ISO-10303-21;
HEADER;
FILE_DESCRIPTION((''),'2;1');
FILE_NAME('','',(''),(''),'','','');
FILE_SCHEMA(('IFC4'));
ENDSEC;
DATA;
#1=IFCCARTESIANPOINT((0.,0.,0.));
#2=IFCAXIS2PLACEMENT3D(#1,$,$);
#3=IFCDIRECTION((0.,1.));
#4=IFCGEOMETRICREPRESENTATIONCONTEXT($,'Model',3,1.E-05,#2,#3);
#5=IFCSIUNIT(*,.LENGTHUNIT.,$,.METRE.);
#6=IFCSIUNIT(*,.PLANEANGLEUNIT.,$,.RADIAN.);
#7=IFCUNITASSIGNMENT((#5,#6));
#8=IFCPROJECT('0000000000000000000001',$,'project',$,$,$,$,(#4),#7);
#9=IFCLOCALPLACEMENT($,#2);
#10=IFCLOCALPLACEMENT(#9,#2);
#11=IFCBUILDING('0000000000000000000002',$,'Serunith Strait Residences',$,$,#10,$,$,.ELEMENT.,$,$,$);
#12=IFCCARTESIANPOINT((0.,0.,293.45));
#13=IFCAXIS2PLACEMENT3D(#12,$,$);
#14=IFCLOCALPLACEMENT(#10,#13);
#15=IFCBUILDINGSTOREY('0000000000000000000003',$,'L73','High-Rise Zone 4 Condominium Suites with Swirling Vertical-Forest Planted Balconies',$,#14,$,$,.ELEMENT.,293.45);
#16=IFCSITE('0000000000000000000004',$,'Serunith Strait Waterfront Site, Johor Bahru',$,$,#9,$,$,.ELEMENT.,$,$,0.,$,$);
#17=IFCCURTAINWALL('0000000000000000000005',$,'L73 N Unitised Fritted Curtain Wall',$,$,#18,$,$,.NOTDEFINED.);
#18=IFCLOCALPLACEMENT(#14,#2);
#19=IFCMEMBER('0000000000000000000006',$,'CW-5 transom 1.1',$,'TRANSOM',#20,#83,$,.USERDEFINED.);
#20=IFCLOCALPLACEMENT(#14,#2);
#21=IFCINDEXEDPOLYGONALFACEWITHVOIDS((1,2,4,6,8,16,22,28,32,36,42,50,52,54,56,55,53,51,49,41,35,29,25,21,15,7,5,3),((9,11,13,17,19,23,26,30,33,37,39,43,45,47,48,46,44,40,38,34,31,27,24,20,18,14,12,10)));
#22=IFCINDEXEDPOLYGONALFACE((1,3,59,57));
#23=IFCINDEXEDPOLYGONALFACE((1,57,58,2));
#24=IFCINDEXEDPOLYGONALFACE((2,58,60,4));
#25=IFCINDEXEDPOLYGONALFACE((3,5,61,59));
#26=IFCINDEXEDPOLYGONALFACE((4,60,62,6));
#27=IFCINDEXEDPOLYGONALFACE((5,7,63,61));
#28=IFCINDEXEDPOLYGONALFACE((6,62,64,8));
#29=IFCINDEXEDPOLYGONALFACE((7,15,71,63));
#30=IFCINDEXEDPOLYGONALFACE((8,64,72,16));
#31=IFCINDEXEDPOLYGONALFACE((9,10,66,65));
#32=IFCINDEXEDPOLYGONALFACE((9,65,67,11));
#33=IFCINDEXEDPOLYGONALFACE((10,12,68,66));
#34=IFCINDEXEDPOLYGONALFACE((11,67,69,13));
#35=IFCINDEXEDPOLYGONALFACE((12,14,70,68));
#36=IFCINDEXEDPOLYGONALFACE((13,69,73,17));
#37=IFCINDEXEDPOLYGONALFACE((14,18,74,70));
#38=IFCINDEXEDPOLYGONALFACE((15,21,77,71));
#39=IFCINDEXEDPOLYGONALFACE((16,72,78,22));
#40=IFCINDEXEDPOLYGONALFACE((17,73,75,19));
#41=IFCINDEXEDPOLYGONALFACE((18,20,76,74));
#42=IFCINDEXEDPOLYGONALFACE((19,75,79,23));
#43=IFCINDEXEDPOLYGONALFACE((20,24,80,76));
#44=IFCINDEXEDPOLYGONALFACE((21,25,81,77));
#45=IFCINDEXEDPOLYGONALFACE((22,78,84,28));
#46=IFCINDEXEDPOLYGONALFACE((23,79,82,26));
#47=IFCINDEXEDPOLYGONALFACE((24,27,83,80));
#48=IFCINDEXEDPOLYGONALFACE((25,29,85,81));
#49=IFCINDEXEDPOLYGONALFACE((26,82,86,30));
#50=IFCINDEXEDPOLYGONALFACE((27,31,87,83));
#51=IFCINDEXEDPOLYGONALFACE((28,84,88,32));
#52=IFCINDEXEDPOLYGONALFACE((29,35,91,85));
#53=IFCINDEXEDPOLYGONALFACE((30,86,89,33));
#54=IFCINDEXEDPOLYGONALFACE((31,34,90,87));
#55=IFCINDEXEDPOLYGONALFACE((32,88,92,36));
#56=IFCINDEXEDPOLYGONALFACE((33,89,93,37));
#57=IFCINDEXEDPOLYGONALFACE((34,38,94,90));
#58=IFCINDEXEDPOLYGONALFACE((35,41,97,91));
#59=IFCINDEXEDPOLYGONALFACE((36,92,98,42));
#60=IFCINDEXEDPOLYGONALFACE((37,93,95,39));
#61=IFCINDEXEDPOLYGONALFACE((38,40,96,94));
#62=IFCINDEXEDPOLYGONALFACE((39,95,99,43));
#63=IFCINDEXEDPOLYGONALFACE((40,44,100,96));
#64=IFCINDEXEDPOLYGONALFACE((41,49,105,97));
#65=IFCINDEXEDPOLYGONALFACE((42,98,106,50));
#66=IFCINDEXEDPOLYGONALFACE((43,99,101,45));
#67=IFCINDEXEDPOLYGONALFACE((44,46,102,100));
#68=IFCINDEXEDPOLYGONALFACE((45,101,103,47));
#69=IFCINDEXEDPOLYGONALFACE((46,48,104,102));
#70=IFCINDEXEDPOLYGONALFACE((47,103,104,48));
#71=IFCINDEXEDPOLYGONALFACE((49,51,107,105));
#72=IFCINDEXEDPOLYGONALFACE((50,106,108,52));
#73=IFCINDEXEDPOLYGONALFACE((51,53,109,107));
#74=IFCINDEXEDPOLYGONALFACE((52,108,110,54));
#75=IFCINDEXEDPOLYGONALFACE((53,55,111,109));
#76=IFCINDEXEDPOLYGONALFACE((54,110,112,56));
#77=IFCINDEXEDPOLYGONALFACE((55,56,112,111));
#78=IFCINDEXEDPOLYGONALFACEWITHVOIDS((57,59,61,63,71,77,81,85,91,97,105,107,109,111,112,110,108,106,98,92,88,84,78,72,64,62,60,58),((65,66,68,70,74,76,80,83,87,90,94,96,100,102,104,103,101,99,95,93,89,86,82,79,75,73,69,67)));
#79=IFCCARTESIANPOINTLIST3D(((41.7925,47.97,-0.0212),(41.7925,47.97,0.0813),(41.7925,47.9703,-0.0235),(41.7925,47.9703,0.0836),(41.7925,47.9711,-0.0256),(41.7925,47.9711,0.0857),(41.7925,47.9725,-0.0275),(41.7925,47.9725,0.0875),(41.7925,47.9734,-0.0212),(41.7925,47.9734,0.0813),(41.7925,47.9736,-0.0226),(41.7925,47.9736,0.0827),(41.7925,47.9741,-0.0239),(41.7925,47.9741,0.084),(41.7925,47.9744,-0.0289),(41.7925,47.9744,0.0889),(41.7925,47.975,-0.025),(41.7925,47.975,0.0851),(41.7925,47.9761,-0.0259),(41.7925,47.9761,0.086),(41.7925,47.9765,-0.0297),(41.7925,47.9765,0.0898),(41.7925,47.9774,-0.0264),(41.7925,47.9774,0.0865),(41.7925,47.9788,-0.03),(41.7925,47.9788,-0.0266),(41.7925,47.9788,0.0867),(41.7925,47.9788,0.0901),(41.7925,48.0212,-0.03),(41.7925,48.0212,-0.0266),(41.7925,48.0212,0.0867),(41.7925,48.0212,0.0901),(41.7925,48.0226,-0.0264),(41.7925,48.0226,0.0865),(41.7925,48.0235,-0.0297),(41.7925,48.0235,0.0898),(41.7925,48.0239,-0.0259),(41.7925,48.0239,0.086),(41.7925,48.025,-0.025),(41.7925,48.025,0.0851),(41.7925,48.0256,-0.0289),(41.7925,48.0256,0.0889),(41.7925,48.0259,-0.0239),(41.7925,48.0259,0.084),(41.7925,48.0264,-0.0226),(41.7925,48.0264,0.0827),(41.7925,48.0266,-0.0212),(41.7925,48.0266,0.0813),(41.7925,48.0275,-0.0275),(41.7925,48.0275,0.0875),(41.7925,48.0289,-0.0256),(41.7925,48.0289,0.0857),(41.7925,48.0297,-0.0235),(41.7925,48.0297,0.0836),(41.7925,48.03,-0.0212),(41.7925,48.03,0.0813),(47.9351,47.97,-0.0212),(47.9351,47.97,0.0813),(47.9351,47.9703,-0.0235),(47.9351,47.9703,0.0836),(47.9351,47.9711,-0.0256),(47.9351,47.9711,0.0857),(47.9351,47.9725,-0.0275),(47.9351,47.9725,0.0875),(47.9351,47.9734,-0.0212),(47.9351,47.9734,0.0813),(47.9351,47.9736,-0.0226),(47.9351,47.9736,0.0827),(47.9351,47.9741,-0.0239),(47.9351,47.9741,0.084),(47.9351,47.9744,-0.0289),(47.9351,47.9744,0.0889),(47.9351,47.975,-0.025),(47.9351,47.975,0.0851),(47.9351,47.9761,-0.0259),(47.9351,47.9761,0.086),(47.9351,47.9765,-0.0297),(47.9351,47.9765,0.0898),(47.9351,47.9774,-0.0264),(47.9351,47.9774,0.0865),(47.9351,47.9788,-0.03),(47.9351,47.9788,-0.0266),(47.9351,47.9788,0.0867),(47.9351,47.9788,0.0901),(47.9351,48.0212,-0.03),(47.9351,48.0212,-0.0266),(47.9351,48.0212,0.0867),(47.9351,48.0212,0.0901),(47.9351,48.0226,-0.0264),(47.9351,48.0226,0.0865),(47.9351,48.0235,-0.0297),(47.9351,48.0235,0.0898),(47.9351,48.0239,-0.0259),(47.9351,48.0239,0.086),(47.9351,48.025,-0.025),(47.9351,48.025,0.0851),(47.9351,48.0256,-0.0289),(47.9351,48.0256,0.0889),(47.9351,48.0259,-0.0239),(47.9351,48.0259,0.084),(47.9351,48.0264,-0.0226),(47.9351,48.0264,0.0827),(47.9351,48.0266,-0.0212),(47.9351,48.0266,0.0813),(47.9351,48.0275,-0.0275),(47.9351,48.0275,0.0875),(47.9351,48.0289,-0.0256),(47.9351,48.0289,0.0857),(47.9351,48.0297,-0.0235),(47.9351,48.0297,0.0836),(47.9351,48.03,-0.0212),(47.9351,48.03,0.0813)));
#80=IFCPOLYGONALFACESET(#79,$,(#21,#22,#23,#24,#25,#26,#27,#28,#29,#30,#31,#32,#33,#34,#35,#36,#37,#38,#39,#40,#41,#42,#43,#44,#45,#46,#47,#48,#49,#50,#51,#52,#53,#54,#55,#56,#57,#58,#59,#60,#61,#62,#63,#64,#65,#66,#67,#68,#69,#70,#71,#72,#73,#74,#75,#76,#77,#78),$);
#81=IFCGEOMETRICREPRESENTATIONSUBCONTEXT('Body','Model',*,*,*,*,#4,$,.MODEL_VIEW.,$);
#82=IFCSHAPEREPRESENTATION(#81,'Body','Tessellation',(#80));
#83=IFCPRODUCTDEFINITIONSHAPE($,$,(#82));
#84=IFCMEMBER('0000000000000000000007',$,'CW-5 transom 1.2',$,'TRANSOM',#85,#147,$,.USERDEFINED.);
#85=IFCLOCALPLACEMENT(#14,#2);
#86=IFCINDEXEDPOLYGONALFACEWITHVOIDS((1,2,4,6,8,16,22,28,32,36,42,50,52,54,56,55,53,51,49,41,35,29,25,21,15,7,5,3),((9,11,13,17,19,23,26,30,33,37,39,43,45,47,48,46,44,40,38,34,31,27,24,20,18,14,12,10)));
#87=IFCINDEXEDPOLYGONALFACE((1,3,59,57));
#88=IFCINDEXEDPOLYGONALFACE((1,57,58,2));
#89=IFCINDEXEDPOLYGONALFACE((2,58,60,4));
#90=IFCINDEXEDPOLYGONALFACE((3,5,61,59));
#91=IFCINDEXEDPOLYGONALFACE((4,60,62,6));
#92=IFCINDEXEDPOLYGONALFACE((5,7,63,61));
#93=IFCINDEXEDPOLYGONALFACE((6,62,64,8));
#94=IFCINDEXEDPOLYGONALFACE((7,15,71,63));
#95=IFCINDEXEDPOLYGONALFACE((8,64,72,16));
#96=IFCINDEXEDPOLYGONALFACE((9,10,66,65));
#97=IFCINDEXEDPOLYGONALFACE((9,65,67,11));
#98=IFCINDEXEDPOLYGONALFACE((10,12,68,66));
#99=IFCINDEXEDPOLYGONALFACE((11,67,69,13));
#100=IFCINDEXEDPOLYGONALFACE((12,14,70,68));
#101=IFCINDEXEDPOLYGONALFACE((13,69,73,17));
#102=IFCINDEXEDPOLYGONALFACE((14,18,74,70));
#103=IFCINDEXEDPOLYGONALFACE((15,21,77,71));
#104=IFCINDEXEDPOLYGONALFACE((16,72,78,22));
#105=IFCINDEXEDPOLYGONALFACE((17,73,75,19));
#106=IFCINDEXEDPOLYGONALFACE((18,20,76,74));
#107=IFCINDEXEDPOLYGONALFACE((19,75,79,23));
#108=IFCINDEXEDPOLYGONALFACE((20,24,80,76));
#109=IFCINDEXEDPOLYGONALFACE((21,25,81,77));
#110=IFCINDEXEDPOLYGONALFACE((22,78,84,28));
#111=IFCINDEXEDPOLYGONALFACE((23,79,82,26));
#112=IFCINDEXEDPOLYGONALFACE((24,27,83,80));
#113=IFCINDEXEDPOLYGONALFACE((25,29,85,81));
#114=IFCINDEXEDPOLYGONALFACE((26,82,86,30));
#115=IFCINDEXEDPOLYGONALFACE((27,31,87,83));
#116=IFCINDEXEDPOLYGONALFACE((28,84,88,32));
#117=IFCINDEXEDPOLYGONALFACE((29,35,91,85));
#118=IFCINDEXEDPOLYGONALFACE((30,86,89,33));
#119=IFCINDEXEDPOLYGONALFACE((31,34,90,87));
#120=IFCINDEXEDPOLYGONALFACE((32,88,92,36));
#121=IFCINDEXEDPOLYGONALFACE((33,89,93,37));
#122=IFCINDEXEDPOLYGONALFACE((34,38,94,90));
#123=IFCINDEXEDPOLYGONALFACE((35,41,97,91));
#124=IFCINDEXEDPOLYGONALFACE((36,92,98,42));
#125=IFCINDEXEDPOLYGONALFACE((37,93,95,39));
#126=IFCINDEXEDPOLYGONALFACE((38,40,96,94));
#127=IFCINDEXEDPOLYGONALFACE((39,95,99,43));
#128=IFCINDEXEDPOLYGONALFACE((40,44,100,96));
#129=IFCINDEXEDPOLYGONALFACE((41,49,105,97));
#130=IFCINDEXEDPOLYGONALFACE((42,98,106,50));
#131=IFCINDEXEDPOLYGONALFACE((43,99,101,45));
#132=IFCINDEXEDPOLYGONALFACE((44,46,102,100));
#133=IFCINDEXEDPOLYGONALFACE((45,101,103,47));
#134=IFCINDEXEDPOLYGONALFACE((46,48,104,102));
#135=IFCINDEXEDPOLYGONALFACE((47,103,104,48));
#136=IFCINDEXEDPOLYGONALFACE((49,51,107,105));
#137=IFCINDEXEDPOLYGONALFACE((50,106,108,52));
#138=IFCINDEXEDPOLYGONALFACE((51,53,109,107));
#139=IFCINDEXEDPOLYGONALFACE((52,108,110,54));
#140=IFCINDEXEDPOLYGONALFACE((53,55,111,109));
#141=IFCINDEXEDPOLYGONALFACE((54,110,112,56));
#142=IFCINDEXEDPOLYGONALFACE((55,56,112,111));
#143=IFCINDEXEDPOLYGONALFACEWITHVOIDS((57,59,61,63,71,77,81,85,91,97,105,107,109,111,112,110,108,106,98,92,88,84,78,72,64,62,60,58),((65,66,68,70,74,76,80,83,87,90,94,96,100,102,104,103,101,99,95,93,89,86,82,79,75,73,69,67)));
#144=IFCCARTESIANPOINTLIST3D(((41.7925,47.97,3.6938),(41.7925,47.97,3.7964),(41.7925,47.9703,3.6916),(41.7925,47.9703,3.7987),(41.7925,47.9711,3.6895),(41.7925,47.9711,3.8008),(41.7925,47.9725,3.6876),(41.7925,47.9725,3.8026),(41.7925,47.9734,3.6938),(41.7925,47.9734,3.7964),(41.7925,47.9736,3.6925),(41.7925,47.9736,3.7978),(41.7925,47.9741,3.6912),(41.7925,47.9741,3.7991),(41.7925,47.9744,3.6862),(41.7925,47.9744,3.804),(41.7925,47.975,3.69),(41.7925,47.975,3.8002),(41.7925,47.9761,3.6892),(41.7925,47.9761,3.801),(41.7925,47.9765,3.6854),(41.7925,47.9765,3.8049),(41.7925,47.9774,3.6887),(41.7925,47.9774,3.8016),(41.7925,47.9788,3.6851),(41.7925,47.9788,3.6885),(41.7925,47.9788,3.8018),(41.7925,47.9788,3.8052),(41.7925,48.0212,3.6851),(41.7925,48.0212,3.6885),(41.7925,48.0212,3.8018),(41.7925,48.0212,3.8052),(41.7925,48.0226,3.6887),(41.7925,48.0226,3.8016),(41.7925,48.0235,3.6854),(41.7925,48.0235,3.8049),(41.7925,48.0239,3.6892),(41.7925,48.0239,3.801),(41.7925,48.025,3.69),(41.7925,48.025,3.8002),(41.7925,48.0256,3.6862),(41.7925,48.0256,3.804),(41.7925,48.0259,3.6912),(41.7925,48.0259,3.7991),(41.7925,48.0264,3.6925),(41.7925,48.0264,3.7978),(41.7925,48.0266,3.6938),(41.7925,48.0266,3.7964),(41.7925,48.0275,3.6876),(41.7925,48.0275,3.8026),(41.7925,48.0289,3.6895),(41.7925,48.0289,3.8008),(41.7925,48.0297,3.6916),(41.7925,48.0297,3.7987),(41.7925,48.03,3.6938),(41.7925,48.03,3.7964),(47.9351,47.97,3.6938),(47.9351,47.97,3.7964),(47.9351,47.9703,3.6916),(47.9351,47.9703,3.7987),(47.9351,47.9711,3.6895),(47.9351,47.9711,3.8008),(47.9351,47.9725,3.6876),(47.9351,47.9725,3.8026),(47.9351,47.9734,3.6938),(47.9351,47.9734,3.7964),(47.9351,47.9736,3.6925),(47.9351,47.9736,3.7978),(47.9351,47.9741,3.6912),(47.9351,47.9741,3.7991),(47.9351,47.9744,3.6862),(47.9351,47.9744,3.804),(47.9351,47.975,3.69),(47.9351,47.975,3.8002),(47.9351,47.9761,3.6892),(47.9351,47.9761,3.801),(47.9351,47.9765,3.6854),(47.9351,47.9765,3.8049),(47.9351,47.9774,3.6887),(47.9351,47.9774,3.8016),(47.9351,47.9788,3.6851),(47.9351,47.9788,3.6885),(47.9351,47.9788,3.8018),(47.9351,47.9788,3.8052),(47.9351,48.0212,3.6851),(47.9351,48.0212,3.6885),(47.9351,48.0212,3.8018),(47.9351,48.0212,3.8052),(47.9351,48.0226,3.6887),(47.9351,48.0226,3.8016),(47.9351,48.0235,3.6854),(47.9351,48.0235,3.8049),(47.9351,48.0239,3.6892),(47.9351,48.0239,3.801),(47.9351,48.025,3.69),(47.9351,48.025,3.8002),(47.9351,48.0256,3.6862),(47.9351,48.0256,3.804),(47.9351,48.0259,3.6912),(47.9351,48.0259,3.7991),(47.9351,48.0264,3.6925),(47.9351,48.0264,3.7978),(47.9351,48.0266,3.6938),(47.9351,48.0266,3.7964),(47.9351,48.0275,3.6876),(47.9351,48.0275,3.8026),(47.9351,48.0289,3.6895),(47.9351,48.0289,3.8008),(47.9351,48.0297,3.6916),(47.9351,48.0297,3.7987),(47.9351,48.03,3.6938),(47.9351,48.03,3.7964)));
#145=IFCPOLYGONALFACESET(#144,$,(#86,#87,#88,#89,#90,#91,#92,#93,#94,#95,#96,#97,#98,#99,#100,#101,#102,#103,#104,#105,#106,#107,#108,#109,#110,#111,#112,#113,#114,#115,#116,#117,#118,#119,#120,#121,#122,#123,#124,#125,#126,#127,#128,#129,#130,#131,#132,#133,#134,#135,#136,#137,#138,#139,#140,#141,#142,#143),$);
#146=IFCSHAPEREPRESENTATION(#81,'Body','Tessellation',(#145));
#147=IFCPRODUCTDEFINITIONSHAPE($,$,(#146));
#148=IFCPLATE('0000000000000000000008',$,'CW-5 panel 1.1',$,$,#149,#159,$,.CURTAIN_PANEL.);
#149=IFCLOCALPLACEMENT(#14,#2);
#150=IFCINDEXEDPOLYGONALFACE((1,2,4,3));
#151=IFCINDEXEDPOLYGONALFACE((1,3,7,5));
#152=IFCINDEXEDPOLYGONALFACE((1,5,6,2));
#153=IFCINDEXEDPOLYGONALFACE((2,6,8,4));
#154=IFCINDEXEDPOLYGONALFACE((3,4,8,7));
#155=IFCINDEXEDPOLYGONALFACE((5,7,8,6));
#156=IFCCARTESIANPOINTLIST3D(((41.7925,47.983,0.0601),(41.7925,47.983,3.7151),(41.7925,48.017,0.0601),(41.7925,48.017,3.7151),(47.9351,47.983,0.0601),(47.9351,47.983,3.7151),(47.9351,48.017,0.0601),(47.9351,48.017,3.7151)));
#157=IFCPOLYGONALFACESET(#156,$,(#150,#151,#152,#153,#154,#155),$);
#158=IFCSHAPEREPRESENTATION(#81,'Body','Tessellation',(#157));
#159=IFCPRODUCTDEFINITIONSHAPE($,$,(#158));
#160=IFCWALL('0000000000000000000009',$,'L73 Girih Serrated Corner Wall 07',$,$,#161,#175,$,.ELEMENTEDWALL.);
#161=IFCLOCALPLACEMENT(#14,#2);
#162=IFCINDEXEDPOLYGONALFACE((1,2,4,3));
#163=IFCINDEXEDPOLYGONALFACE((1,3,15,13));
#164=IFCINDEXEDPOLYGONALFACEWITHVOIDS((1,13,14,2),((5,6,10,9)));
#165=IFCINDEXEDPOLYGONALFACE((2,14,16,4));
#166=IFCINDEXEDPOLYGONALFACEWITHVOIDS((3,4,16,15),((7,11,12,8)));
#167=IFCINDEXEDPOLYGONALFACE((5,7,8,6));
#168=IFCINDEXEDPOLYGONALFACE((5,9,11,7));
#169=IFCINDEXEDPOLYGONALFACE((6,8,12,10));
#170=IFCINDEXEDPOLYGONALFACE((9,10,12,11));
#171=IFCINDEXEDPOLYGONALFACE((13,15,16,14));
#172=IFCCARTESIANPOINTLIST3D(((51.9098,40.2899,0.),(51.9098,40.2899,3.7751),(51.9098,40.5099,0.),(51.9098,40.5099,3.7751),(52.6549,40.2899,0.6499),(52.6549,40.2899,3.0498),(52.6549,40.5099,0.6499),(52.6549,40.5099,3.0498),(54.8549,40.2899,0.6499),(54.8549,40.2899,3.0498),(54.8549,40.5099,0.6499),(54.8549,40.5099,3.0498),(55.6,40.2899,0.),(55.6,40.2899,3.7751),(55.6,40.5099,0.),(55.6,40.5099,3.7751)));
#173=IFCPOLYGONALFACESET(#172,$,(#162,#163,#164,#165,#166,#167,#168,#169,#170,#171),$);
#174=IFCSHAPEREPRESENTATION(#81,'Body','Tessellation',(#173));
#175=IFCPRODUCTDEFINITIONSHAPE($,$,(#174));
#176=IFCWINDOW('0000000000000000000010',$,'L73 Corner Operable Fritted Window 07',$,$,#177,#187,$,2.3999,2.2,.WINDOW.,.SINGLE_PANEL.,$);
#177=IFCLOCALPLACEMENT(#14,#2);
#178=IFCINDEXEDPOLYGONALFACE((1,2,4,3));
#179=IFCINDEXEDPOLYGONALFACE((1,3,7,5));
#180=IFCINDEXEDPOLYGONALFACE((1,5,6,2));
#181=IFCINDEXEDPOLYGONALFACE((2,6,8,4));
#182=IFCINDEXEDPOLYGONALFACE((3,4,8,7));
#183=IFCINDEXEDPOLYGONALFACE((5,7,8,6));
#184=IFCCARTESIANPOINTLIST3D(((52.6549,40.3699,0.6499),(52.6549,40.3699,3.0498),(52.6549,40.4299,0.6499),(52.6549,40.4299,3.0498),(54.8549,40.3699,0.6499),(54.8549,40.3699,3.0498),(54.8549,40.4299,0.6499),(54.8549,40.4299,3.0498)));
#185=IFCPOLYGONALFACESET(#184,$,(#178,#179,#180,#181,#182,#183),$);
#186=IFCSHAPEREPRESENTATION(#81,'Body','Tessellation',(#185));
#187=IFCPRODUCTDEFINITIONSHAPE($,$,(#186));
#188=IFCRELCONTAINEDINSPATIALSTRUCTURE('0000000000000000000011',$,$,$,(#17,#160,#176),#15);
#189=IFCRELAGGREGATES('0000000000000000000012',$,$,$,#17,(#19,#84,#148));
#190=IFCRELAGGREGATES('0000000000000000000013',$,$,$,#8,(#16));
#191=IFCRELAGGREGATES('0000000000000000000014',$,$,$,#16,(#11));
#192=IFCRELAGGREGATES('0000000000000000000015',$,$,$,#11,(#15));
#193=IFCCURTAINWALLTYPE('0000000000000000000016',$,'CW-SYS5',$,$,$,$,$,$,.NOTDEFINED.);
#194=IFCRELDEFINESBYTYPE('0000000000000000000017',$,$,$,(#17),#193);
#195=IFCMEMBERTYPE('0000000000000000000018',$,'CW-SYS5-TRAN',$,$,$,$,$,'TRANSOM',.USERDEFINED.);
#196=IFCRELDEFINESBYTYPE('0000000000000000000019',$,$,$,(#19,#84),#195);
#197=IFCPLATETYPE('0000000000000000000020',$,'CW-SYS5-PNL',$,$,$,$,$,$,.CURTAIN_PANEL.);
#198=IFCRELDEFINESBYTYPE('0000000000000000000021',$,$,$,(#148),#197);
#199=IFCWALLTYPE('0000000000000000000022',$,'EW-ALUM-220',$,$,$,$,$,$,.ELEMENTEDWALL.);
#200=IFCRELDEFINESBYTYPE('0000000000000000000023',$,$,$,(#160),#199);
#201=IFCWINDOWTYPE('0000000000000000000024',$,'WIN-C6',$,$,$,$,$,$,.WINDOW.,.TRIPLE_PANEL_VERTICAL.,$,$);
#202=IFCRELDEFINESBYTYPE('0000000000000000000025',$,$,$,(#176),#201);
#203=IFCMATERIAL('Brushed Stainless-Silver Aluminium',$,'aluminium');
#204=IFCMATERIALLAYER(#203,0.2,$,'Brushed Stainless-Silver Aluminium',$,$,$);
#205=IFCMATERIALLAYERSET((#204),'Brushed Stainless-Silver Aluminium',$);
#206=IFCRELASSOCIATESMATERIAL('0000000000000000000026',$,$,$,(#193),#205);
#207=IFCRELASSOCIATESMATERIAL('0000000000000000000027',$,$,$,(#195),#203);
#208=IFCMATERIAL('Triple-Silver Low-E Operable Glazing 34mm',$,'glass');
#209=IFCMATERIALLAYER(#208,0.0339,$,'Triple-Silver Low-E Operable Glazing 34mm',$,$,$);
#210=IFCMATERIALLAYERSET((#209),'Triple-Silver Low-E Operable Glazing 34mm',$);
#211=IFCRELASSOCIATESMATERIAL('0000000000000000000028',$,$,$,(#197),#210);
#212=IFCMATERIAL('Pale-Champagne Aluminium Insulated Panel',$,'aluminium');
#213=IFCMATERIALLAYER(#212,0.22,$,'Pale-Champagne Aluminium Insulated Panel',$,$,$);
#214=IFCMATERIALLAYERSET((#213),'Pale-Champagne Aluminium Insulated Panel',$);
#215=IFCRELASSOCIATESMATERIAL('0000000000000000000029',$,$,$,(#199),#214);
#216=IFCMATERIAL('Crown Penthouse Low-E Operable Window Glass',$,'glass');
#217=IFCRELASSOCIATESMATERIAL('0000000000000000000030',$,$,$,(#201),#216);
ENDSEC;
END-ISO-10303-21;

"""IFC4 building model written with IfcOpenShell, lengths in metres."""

from ifc_helpers import new_model, si_unit, direction, frame, frame_2d, origin, origin_2d, place, context, subcontext, project, spatial, rectangle, hollow_rectangle, extrude, source, transform, mapped, material, layer, layer_set, material_profile, profile_set, type_object, element, fill, aggregate, save


model = new_model("IFC4")

# Units and contexts
model_context = context("Model", 3, precision=1e-05, world=origin(), true_north=direction((0.0, 1.0)))
body_context = subcontext(model_context, "Body", "Model", "MODEL_VIEW")
ifc_project = project(units=[si_unit("LENGTHUNIT", "METRE"), si_unit("PLANEANGLEUNIT", "RADIAN")], contexts=[model_context])

# Site, building, storey
site_placement = place(None, origin())
site = spatial("IfcSite", under=ifc_project, at=site_placement, Name="Serunith Strait Waterfront Site, Johor Bahru", CompositionType="ELEMENT", RefElevation=0.0)
building_placement = place(site_placement, origin())
building = spatial("IfcBuilding", under=site, at=building_placement, Name="Serunith Strait Residences", CompositionType="ELEMENT")
storey_placement = place(building_placement, frame((0.0, 0.0, 293.45)))
storey = spatial("IfcBuildingStorey", under=building, at=storey_placement, Name="L73", Description="High-Rise Zone 4 Condominium Suites with Swirling Vertical-Forest Planted Balconies", CompositionType="ELEMENT", Elevation=293.45)

# Shared definitions
ifc_material_1 = material(Name="Brushed Stainless-Silver Aluminium", Category="aluminium")
ifc_layer_1 = layer(ifc_material_1, 0.2, Name="Brushed Stainless-Silver Aluminium")
ifc_layer_set_1 = layer_set([ifc_layer_1], Name="Brushed Stainless-Silver Aluminium")
curtain_wall_type = type_object("IfcCurtainWallType", Name="CW-SYS5", PredefinedType="NOTDEFINED", material=ifc_layer_set_1)

# Curtain wall, members, plate
curtain_wall_1_placement = place(storey_placement, origin())
curtain_wall_1 = element("IfcCurtainWall", 1, at=curtain_wall_1_placement, inside=storey, type_object=curtain_wall_type, Name="L73 N Unitised Fritted Curtain Wall", PredefinedType="NOTDEFINED")
ifc_material_profile_1 = material_profile(ifc_material_1, hollow_rectangle(XDim=0.0601, YDim=0.1201, WallThickness=0.0034, InnerFilletRadius=0.0054, OuterFilletRadius=0.0088, at=origin_2d()), Name="ALU 120x60x3.5")
ifc_profile_set_1 = profile_set([ifc_material_profile_1], Name="Brushed Stainless-Silver Aluminium")
member_type_1 = type_object("IfcMemberType", Name="CW-SYS5-TRAN", ElementType="TRANSOM", PredefinedType="USERDEFINED", material=ifc_profile_set_1)
shared_shape_1 = source(origin(), body_context, "Body", "SweptSolid", [
    extrude(hollow_rectangle(XDim=0.0601, YDim=0.1201, WallThickness=0.0034, InnerFilletRadius=0.0054, OuterFilletRadius=0.0088, at=origin_2d()), origin(), (0.0, 0.0, 1.0), 6.1426),
])
member_1_placement = place(storey_placement, frame((47.9351, 48.0, 0.03), z_axis=(-1.0, 0.0, 0.0), x_axis=(0.0, -1.0, 0.0)))
member_1 = element("IfcMember", 2, at=member_1_placement, type_object=member_type_1, Name="CW-5 transom 1.1", ObjectType="TRANSOM", PredefinedType="USERDEFINED", context=body_context, shape_type="MappedRepresentation", body=[
    mapped(shared_shape_1, transform((0.0, 0.0, 0.0), scale=1.0)),
])
member_2_placement = place(storey_placement, frame((47.9351, 48.0, 3.7451), z_axis=(-1.0, 0.0, 0.0), x_axis=(0.0, -1.0, 0.0)))
member_2 = element("IfcMember", 3, at=member_2_placement, type_object=member_type_1, Name="CW-5 transom 1.2", ObjectType="TRANSOM", PredefinedType="USERDEFINED", context=body_context, shape_type="MappedRepresentation", body=[
    mapped(shared_shape_1, transform((0.0, 0.0, 0.0), scale=1.0)),
])
ifc_material_2 = material(Name="Triple-Silver Low-E Operable Glazing 34mm", Category="glass")
ifc_layer_2 = layer(ifc_material_2, 0.0339, Name="Triple-Silver Low-E Operable Glazing 34mm")
ifc_layer_set_2 = layer_set([ifc_layer_2], Name="Triple-Silver Low-E Operable Glazing 34mm")
plate_type = type_object("IfcPlateType", Name="CW-SYS5-PNL", PredefinedType="CURTAIN_PANEL", material=ifc_layer_set_2)
shared_shape_2 = source(origin(), body_context, "Body", "SweptSolid", [
    extrude(rectangle(XDim=6.1426, YDim=0.0339, at=origin_2d()), origin(), (0.0, 0.0, 1.0), 3.655),
])
plate_placement = place(storey_placement, frame((44.8638, 48.0, 0.0601), z_axis=(0.0, 0.0, 1.0), x_axis=(-1.0, 0.0, 0.0)))
plate = element("IfcPlate", 4, at=plate_placement, type_object=plate_type, Name="CW-5 panel 1.1", PredefinedType="CURTAIN_PANEL", context=body_context, shape_type="MappedRepresentation", body=[
    mapped(shared_shape_2, transform((0.0, 0.0, 0.0), scale=1.0)),
])
aggregate(curtain_wall_1, [member_1, member_2, plate])

# Wall, opening, window
ifc_material_3 = material(Name="Pale-Champagne Aluminium Insulated Panel", Category="aluminium")
ifc_layer_3 = layer(ifc_material_3, 0.22, Name="Pale-Champagne Aluminium Insulated Panel")
ifc_layer_set_3 = layer_set([ifc_layer_3], Name="Pale-Champagne Aluminium Insulated Panel")
wall_type_1 = type_object("IfcWallType", Name="EW-ALUM-220", PredefinedType="ELEMENTEDWALL", material=ifc_layer_set_3)
wall_1_placement = place(storey_placement, frame((55.6001, 40.3999, 0.0), z_axis=(0.0, 0.0, 1.0), x_axis=(-1.0, 0.0, 0.0)))
wall_1 = element("IfcWall", 5, at=wall_1_placement, inside=storey, type_object=wall_type_1, Name="L73 Girih Serrated Corner Wall 07", PredefinedType="ELEMENTEDWALL", context=body_context, shape_type="SweptSolid", body=[
    extrude(rectangle(XDim=3.6902, YDim=0.22, at=frame_2d((1.8452, 0.0))), origin(), (0.0, 0.0, 1.0), 3.7751),
])
opening_1_placement = place(wall_1_placement, frame((0.7451, 0.0, 0.6499)))
opening_1 = element("IfcOpeningElement", 6, at=opening_1_placement, cuts=wall_1, PredefinedType="OPENING", context=body_context, shape_type="SweptSolid", body=[
    extrude(rectangle(XDim=2.2, YDim=2.3999, at=frame_2d((1.1001, 1.2))), frame((0.0, 0.1201, 0.0), z_axis=(0.0, -1.0, 0.0), x_axis=(1.0, 0.0, 0.0)), (0.0, 0.0, 1.0), 0.24),
])
ifc_material_4 = material(Name="Crown Penthouse Low-E Operable Window Glass", Category="glass")
window_type = type_object("IfcWindowType", Name="WIN-C6", PartitioningType="TRIPLE_PANEL_VERTICAL", PredefinedType="WINDOW", material=ifc_material_4)
shared_shape_3 = source(origin(), body_context, "Body", "SweptSolid", [
    extrude(rectangle(XDim=2.2, YDim=2.3999, at=frame_2d((1.1001, 1.2))), frame((0.0, 0.03, 0.0), z_axis=(0.0, -1.0, 0.0), x_axis=(1.0, 0.0, 0.0)), (0.0, 0.0, 1.0), 0.0601),
])
window_1_placement = place(opening_1_placement, origin())
window_1 = element("IfcWindow", 7, at=window_1_placement, inside=storey, type_object=window_type, Name="L73 Corner Operable Fritted Window 07", OverallHeight=2.3999, OverallWidth=2.2, PartitioningType="SINGLE_PANEL", PredefinedType="WINDOW", context=body_context, shape_type="MappedRepresentation", body=[
    mapped(shared_shape_3, transform((0.0, 0.0, 0.0), scale=1.0)),
])
fill(opening_1, window_1)

save(model, "model.ifc")
